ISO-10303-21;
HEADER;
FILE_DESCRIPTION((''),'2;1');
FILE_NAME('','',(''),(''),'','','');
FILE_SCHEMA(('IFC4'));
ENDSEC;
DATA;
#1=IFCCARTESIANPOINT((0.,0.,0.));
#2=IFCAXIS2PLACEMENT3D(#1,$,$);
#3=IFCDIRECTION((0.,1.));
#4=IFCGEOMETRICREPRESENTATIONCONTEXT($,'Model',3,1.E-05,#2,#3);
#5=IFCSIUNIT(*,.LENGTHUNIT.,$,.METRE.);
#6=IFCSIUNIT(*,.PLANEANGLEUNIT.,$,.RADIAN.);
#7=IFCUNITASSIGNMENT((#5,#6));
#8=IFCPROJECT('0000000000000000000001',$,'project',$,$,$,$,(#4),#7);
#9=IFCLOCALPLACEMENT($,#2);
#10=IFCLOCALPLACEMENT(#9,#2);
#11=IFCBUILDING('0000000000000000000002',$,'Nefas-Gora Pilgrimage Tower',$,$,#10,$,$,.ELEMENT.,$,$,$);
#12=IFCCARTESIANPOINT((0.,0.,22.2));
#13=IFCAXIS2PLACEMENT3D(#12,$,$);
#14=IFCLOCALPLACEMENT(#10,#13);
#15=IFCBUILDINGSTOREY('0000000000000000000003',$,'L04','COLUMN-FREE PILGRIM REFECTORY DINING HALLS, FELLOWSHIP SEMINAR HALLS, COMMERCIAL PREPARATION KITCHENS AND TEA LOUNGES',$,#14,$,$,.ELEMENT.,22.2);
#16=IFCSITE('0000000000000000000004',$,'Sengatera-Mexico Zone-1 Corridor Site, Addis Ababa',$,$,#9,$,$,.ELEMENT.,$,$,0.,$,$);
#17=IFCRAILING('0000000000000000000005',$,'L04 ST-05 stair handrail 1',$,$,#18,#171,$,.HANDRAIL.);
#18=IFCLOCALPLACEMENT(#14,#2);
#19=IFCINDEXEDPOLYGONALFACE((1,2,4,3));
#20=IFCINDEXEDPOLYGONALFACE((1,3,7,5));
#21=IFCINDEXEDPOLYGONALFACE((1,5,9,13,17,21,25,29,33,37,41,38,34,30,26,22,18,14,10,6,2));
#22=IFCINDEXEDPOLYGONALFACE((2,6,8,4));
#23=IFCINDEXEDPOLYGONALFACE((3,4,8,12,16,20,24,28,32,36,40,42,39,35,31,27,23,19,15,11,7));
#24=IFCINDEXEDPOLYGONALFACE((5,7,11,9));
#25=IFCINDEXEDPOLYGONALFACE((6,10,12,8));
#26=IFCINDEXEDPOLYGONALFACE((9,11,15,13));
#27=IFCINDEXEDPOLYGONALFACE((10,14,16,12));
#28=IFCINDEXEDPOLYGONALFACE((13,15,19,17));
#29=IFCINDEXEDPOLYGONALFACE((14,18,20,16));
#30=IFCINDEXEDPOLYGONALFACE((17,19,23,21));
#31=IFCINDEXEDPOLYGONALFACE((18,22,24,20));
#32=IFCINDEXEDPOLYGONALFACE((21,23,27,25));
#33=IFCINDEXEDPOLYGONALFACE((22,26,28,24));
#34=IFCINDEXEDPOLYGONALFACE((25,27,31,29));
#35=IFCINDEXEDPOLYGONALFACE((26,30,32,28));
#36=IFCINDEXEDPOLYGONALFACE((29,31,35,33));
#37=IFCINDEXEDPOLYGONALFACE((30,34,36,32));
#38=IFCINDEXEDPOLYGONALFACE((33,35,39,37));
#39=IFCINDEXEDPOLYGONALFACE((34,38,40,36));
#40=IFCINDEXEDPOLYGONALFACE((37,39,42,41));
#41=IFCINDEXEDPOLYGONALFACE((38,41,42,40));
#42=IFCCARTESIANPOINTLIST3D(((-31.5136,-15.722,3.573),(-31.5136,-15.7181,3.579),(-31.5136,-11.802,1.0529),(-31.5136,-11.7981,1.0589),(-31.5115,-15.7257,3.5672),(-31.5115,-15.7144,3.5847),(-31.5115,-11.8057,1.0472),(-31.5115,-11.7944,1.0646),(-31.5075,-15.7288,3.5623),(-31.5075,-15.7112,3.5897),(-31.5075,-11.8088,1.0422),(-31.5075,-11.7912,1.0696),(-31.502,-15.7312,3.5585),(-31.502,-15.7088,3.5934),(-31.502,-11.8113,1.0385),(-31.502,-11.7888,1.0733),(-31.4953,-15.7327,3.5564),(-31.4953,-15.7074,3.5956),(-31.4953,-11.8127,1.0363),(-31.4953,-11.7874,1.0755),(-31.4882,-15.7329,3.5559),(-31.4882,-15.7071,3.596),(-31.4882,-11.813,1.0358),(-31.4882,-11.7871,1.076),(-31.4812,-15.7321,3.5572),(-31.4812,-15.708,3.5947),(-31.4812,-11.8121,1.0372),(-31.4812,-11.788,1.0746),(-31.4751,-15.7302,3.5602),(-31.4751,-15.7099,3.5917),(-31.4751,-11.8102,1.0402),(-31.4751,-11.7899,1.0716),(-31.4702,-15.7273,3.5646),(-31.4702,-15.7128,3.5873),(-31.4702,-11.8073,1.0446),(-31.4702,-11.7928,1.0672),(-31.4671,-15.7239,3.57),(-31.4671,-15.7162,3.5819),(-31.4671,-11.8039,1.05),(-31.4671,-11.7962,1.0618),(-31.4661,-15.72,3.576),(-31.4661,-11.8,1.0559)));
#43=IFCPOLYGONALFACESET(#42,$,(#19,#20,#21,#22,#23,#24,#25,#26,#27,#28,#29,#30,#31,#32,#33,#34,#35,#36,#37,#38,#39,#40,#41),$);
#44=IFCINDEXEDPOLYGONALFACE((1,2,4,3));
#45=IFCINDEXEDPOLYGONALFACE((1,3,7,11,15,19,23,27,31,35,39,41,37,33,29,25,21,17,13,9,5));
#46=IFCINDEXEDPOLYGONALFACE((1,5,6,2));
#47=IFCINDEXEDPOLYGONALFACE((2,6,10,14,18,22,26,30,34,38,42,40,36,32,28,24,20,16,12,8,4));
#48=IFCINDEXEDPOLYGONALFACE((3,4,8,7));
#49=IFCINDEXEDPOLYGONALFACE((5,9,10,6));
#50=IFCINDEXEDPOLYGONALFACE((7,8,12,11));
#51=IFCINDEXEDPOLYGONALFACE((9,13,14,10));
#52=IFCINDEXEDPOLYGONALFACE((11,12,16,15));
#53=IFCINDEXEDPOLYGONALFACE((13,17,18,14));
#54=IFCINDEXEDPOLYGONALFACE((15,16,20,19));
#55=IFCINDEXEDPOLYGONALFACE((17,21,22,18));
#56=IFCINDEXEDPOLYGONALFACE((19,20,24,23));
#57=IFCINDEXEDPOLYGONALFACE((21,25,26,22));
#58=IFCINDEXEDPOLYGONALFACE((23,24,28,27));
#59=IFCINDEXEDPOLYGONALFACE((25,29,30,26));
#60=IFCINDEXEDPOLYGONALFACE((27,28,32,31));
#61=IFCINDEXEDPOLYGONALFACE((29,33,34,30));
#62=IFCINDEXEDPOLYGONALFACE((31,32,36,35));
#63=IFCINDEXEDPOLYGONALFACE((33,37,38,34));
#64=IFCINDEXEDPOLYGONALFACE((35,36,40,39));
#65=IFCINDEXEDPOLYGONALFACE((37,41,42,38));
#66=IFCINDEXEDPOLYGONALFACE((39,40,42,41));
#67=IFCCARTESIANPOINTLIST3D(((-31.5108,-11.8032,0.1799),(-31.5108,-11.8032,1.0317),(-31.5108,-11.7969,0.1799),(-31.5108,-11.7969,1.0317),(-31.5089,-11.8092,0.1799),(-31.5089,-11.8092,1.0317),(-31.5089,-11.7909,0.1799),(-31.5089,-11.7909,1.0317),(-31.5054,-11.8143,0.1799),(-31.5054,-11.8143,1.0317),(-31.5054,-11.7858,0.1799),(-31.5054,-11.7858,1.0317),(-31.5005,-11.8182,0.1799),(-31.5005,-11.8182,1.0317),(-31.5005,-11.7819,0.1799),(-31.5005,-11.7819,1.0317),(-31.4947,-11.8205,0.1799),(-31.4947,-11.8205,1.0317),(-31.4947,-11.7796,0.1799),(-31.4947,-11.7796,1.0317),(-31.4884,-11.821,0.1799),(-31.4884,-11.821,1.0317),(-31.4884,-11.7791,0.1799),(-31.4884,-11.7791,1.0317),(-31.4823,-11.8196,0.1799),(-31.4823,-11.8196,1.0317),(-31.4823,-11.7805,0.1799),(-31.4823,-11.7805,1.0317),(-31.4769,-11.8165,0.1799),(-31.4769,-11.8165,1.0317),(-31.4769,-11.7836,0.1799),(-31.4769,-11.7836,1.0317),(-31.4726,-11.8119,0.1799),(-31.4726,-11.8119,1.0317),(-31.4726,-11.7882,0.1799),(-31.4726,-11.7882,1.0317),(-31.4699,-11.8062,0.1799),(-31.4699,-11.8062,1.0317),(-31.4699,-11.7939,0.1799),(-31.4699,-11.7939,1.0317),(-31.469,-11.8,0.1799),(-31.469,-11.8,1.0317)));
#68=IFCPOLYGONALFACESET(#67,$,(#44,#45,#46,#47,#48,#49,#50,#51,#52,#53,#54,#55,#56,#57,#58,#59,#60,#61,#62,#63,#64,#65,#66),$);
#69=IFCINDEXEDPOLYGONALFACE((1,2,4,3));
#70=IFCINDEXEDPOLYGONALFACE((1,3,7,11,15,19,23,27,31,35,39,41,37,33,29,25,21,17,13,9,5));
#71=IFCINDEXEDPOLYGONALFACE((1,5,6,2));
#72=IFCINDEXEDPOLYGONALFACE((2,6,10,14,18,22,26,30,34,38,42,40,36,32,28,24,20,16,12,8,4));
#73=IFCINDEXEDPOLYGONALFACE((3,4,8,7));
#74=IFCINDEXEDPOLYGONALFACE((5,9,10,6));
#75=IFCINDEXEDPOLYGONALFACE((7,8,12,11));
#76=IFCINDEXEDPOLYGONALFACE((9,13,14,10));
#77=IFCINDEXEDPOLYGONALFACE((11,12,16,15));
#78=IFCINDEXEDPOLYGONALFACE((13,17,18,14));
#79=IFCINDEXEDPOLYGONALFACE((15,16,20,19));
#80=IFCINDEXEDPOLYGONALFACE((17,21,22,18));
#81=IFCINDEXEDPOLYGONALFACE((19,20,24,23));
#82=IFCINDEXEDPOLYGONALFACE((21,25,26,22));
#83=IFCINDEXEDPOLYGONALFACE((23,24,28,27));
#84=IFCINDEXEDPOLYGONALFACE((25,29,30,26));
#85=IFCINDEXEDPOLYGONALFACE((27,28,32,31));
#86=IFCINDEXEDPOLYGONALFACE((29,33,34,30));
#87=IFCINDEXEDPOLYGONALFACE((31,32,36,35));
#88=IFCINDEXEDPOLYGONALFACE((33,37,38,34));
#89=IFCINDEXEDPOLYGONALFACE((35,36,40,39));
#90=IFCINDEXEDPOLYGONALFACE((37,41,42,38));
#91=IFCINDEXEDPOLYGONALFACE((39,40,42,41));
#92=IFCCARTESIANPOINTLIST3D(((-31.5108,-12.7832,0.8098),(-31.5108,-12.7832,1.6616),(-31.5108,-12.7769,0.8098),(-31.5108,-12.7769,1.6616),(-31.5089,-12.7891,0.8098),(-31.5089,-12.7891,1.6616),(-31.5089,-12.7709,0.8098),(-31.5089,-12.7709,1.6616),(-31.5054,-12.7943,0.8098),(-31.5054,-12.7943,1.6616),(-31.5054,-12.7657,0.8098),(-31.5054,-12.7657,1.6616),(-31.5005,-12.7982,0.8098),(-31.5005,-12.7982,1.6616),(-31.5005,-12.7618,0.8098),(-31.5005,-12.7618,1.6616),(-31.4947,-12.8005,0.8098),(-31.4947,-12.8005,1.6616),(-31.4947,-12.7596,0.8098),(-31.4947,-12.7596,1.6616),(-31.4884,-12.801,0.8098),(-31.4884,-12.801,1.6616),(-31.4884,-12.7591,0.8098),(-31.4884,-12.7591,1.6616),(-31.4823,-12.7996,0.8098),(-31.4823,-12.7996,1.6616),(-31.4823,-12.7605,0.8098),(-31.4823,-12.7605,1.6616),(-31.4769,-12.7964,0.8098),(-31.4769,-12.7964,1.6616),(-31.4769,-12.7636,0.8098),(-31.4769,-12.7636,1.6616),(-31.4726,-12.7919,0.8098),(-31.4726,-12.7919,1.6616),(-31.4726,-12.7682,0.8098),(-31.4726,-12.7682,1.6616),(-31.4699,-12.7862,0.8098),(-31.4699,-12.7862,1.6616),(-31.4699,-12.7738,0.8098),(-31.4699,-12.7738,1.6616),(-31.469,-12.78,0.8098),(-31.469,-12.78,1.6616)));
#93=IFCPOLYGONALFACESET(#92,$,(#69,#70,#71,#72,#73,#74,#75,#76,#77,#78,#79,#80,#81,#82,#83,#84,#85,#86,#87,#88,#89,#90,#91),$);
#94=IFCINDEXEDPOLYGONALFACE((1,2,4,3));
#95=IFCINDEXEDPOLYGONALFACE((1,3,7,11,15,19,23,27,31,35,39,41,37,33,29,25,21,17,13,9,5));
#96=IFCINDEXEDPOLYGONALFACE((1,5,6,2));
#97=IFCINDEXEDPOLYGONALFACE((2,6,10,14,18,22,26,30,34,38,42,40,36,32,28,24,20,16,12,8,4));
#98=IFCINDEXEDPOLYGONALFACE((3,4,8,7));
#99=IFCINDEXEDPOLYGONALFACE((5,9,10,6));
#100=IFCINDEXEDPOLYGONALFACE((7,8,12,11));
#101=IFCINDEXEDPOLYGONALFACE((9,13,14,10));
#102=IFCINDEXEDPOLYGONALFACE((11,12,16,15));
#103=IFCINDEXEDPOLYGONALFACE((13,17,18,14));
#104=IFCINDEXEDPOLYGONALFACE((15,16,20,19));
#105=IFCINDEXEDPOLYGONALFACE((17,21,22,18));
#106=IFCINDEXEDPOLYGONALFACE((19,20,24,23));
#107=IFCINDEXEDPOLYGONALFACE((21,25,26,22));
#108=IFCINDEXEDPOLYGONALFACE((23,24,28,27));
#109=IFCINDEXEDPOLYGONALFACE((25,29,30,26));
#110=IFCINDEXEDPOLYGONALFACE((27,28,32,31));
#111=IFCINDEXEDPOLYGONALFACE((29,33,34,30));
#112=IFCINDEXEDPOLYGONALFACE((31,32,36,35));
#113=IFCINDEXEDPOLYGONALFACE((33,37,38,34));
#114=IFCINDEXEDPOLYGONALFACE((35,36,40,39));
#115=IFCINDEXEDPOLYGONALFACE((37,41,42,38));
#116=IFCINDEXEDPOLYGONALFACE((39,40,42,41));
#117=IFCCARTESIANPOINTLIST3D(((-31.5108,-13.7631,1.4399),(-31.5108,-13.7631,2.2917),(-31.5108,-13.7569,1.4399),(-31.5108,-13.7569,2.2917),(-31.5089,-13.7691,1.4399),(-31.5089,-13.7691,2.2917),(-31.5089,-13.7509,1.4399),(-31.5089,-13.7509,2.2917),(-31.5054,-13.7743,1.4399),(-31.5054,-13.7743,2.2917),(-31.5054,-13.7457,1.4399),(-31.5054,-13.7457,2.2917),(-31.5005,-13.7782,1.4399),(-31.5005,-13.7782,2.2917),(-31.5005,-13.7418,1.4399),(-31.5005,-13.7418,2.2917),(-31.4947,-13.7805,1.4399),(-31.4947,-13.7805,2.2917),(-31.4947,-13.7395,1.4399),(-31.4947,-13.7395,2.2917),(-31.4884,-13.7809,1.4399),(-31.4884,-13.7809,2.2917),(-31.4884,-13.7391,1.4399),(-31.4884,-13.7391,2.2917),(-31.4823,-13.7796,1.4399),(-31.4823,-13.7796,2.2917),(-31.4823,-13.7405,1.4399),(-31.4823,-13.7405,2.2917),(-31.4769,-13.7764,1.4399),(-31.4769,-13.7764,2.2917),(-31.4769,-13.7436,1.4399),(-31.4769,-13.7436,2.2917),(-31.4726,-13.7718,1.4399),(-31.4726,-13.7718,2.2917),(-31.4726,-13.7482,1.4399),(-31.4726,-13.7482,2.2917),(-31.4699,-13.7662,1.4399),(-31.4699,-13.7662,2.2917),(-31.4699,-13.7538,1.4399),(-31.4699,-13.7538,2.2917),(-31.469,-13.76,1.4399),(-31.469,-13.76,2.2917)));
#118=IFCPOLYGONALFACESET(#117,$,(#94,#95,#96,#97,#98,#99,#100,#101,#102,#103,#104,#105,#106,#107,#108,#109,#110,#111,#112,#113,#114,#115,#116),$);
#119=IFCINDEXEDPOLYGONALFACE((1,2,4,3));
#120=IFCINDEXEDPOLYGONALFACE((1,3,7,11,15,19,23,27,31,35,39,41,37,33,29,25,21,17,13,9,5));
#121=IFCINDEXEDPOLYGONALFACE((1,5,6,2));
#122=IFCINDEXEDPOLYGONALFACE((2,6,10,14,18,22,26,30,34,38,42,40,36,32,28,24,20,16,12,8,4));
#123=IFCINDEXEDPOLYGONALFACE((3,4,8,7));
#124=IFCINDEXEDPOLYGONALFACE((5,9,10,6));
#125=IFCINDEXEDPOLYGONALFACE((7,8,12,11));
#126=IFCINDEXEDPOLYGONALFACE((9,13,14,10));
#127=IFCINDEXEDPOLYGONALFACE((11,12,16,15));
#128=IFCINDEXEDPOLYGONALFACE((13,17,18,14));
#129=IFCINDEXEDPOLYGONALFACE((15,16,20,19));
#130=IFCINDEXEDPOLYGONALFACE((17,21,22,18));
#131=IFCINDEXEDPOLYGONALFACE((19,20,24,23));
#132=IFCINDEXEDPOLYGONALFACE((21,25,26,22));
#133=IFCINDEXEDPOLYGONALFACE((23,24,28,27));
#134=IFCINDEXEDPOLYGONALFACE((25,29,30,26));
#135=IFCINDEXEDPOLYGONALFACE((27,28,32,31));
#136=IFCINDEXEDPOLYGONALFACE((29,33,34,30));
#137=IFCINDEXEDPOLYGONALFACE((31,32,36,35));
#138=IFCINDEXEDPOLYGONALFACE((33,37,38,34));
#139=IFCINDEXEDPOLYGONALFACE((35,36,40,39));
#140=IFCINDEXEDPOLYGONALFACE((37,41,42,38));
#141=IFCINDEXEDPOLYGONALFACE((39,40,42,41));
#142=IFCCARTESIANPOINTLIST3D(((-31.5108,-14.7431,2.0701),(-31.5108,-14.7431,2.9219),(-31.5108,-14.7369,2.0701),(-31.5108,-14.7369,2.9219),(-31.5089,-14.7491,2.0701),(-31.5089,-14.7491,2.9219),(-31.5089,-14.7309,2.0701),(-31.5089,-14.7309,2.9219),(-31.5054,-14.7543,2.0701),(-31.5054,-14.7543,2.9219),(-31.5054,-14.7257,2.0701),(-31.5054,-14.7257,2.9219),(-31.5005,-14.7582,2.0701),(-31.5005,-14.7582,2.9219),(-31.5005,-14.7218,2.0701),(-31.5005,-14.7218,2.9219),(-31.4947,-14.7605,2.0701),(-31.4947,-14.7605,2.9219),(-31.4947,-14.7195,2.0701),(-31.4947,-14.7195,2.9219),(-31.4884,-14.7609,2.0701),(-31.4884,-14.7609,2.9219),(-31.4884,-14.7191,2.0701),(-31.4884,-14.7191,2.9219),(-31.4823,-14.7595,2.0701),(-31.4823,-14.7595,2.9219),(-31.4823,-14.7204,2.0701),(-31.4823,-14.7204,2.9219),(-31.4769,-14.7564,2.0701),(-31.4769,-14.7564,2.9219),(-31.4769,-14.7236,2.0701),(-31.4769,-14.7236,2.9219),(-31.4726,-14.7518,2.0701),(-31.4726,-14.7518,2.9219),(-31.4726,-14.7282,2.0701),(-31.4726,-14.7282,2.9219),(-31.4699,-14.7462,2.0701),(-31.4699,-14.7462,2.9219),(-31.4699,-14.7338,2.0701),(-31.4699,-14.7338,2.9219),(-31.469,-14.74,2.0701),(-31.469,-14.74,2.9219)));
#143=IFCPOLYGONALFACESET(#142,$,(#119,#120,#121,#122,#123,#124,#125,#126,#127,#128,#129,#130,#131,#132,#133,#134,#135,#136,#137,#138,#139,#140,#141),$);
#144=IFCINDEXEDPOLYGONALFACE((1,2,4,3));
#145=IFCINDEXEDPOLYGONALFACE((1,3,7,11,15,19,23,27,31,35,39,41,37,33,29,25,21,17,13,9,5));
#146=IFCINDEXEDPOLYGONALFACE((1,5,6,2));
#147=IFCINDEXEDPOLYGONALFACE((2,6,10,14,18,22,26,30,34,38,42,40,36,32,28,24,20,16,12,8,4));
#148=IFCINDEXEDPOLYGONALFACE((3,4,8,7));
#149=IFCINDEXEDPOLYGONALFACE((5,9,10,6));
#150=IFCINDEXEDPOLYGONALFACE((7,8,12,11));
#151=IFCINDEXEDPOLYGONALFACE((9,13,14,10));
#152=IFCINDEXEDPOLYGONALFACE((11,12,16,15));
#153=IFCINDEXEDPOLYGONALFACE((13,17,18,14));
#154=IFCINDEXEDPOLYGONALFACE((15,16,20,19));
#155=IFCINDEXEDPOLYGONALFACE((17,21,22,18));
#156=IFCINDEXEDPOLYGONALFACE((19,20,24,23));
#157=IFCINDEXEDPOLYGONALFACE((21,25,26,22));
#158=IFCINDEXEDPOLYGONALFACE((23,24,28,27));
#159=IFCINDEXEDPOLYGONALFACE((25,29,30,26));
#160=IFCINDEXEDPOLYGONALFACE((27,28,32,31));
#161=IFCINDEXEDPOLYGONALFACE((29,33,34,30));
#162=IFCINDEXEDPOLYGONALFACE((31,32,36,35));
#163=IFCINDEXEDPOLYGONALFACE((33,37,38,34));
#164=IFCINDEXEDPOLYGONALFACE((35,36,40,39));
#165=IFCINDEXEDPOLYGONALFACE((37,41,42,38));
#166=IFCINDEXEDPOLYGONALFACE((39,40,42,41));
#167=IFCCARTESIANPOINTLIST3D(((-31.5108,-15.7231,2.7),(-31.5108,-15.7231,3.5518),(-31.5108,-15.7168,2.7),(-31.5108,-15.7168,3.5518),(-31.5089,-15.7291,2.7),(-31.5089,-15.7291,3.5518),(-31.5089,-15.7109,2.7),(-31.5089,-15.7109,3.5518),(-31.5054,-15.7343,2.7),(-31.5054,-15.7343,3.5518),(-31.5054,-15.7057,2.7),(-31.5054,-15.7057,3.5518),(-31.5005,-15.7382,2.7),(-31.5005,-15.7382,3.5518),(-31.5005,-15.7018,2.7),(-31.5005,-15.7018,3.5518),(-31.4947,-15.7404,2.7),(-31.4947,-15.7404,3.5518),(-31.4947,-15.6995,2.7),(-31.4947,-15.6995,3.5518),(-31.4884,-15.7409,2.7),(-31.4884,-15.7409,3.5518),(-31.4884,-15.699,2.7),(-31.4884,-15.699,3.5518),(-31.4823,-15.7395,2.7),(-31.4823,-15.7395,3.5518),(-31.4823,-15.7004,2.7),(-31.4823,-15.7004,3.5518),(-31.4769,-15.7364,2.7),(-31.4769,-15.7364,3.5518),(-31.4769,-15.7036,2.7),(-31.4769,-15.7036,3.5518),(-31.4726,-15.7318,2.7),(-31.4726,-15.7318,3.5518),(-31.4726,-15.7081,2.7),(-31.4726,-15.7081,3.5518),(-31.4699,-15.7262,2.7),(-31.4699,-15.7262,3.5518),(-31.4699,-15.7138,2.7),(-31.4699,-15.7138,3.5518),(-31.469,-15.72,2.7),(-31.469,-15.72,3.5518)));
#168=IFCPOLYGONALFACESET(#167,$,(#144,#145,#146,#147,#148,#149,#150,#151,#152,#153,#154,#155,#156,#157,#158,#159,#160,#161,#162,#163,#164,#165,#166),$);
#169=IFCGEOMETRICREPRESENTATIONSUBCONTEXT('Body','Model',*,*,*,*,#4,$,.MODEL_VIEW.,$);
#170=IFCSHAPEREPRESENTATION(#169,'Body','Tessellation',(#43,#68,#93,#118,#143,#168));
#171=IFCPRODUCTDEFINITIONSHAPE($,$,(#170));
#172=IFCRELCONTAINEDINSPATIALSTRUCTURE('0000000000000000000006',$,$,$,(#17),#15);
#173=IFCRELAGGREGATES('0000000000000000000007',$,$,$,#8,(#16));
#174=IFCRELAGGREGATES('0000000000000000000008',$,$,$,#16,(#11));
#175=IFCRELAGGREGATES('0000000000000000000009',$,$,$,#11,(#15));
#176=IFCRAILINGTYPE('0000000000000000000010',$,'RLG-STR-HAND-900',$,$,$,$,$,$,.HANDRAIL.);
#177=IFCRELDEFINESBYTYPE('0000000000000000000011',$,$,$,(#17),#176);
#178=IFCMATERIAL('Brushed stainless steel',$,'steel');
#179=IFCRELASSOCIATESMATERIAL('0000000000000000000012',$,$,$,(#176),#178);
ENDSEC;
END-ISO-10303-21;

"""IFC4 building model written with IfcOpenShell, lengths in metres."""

from ifc_helpers import new_model, si_unit, direction, frame, origin, origin_2d, place, context, subcontext, project, spatial, circle, extrude, material, type_object, element, save


model = new_model("IFC4")

# Units and contexts
model_context = context("Model", 3, precision=1e-05, world=origin(), true_north=direction((0.0, 1.0)))
body_context = subcontext(model_context, "Body", "Model", "MODEL_VIEW")
ifc_project = project(units=[si_unit("LENGTHUNIT", "METRE"), si_unit("PLANEANGLEUNIT", "RADIAN")], contexts=[model_context])

# Site, building, storey
site_placement = place(None, origin())
site = spatial("IfcSite", under=ifc_project, at=site_placement, Name="Sengatera-Mexico Zone-1 Corridor Site, Addis Ababa", CompositionType="ELEMENT", RefElevation=0.0)
building_placement = place(site_placement, origin())
building = spatial("IfcBuilding", under=site, at=building_placement, Name="Nefas-Gora Pilgrimage Tower", CompositionType="ELEMENT")
storey_placement = place(building_placement, frame((0.0, 0.0, 22.2)))
storey = spatial("IfcBuildingStorey", under=building, at=storey_placement, Name="L04", Description="COLUMN-FREE PILGRIM REFECTORY DINING HALLS, FELLOWSHIP SEMINAR HALLS, COMMERCIAL PREPARATION KITCHENS AND TEA LOUNGES", CompositionType="ELEMENT", Elevation=22.2)

# Railing
ifc_material_1 = material(Name="Brushed stainless steel", Category="steel")
railing_type_1 = type_object("IfcRailingType", Name="RLG-STR-HAND-900", PredefinedType="HANDRAIL", material=ifc_material_1)
railing_1_placement = place(storey_placement, frame((-31.49, -11.8, 0.1799)))
element("IfcRailing", 1, at=railing_1_placement, inside=storey, type_object=railing_type_1, Name="L04 ST-05 stair handrail 1", PredefinedType="HANDRAIL", context=body_context, shape_type="SweptSolid", body=[
    extrude(circle(Radius=0.0239, at=origin_2d()), frame((0.0, 0.0, 0.876), z_axis=(0.0, -0.841172, 0.540768), x_axis=(1.0, 0.0, 0.0)), (0.0, 0.0, 1.0), 4.6602),
    extrude(circle(Radius=0.021, at=origin_2d()), origin(), (0.0, 0.0, 1.0), 0.8518),
    extrude(circle(Radius=0.021, at=origin_2d()), frame((0.0, -0.98, 0.6299)), (0.0, 0.0, 1.0), 0.8518),
    extrude(circle(Radius=0.021, at=origin_2d()), frame((0.0, -1.96, 1.26)), (0.0, 0.0, 1.0), 0.8518),
    extrude(circle(Radius=0.021, at=origin_2d()), frame((0.0, -2.9399, 1.8901)), (0.0, 0.0, 1.0), 0.8518),
    extrude(circle(Radius=0.021, at=origin_2d()), frame((0.0, -3.9199, 2.52)), (0.0, 0.0, 1.0), 0.8518),
])

save(model, "model.ifc")
